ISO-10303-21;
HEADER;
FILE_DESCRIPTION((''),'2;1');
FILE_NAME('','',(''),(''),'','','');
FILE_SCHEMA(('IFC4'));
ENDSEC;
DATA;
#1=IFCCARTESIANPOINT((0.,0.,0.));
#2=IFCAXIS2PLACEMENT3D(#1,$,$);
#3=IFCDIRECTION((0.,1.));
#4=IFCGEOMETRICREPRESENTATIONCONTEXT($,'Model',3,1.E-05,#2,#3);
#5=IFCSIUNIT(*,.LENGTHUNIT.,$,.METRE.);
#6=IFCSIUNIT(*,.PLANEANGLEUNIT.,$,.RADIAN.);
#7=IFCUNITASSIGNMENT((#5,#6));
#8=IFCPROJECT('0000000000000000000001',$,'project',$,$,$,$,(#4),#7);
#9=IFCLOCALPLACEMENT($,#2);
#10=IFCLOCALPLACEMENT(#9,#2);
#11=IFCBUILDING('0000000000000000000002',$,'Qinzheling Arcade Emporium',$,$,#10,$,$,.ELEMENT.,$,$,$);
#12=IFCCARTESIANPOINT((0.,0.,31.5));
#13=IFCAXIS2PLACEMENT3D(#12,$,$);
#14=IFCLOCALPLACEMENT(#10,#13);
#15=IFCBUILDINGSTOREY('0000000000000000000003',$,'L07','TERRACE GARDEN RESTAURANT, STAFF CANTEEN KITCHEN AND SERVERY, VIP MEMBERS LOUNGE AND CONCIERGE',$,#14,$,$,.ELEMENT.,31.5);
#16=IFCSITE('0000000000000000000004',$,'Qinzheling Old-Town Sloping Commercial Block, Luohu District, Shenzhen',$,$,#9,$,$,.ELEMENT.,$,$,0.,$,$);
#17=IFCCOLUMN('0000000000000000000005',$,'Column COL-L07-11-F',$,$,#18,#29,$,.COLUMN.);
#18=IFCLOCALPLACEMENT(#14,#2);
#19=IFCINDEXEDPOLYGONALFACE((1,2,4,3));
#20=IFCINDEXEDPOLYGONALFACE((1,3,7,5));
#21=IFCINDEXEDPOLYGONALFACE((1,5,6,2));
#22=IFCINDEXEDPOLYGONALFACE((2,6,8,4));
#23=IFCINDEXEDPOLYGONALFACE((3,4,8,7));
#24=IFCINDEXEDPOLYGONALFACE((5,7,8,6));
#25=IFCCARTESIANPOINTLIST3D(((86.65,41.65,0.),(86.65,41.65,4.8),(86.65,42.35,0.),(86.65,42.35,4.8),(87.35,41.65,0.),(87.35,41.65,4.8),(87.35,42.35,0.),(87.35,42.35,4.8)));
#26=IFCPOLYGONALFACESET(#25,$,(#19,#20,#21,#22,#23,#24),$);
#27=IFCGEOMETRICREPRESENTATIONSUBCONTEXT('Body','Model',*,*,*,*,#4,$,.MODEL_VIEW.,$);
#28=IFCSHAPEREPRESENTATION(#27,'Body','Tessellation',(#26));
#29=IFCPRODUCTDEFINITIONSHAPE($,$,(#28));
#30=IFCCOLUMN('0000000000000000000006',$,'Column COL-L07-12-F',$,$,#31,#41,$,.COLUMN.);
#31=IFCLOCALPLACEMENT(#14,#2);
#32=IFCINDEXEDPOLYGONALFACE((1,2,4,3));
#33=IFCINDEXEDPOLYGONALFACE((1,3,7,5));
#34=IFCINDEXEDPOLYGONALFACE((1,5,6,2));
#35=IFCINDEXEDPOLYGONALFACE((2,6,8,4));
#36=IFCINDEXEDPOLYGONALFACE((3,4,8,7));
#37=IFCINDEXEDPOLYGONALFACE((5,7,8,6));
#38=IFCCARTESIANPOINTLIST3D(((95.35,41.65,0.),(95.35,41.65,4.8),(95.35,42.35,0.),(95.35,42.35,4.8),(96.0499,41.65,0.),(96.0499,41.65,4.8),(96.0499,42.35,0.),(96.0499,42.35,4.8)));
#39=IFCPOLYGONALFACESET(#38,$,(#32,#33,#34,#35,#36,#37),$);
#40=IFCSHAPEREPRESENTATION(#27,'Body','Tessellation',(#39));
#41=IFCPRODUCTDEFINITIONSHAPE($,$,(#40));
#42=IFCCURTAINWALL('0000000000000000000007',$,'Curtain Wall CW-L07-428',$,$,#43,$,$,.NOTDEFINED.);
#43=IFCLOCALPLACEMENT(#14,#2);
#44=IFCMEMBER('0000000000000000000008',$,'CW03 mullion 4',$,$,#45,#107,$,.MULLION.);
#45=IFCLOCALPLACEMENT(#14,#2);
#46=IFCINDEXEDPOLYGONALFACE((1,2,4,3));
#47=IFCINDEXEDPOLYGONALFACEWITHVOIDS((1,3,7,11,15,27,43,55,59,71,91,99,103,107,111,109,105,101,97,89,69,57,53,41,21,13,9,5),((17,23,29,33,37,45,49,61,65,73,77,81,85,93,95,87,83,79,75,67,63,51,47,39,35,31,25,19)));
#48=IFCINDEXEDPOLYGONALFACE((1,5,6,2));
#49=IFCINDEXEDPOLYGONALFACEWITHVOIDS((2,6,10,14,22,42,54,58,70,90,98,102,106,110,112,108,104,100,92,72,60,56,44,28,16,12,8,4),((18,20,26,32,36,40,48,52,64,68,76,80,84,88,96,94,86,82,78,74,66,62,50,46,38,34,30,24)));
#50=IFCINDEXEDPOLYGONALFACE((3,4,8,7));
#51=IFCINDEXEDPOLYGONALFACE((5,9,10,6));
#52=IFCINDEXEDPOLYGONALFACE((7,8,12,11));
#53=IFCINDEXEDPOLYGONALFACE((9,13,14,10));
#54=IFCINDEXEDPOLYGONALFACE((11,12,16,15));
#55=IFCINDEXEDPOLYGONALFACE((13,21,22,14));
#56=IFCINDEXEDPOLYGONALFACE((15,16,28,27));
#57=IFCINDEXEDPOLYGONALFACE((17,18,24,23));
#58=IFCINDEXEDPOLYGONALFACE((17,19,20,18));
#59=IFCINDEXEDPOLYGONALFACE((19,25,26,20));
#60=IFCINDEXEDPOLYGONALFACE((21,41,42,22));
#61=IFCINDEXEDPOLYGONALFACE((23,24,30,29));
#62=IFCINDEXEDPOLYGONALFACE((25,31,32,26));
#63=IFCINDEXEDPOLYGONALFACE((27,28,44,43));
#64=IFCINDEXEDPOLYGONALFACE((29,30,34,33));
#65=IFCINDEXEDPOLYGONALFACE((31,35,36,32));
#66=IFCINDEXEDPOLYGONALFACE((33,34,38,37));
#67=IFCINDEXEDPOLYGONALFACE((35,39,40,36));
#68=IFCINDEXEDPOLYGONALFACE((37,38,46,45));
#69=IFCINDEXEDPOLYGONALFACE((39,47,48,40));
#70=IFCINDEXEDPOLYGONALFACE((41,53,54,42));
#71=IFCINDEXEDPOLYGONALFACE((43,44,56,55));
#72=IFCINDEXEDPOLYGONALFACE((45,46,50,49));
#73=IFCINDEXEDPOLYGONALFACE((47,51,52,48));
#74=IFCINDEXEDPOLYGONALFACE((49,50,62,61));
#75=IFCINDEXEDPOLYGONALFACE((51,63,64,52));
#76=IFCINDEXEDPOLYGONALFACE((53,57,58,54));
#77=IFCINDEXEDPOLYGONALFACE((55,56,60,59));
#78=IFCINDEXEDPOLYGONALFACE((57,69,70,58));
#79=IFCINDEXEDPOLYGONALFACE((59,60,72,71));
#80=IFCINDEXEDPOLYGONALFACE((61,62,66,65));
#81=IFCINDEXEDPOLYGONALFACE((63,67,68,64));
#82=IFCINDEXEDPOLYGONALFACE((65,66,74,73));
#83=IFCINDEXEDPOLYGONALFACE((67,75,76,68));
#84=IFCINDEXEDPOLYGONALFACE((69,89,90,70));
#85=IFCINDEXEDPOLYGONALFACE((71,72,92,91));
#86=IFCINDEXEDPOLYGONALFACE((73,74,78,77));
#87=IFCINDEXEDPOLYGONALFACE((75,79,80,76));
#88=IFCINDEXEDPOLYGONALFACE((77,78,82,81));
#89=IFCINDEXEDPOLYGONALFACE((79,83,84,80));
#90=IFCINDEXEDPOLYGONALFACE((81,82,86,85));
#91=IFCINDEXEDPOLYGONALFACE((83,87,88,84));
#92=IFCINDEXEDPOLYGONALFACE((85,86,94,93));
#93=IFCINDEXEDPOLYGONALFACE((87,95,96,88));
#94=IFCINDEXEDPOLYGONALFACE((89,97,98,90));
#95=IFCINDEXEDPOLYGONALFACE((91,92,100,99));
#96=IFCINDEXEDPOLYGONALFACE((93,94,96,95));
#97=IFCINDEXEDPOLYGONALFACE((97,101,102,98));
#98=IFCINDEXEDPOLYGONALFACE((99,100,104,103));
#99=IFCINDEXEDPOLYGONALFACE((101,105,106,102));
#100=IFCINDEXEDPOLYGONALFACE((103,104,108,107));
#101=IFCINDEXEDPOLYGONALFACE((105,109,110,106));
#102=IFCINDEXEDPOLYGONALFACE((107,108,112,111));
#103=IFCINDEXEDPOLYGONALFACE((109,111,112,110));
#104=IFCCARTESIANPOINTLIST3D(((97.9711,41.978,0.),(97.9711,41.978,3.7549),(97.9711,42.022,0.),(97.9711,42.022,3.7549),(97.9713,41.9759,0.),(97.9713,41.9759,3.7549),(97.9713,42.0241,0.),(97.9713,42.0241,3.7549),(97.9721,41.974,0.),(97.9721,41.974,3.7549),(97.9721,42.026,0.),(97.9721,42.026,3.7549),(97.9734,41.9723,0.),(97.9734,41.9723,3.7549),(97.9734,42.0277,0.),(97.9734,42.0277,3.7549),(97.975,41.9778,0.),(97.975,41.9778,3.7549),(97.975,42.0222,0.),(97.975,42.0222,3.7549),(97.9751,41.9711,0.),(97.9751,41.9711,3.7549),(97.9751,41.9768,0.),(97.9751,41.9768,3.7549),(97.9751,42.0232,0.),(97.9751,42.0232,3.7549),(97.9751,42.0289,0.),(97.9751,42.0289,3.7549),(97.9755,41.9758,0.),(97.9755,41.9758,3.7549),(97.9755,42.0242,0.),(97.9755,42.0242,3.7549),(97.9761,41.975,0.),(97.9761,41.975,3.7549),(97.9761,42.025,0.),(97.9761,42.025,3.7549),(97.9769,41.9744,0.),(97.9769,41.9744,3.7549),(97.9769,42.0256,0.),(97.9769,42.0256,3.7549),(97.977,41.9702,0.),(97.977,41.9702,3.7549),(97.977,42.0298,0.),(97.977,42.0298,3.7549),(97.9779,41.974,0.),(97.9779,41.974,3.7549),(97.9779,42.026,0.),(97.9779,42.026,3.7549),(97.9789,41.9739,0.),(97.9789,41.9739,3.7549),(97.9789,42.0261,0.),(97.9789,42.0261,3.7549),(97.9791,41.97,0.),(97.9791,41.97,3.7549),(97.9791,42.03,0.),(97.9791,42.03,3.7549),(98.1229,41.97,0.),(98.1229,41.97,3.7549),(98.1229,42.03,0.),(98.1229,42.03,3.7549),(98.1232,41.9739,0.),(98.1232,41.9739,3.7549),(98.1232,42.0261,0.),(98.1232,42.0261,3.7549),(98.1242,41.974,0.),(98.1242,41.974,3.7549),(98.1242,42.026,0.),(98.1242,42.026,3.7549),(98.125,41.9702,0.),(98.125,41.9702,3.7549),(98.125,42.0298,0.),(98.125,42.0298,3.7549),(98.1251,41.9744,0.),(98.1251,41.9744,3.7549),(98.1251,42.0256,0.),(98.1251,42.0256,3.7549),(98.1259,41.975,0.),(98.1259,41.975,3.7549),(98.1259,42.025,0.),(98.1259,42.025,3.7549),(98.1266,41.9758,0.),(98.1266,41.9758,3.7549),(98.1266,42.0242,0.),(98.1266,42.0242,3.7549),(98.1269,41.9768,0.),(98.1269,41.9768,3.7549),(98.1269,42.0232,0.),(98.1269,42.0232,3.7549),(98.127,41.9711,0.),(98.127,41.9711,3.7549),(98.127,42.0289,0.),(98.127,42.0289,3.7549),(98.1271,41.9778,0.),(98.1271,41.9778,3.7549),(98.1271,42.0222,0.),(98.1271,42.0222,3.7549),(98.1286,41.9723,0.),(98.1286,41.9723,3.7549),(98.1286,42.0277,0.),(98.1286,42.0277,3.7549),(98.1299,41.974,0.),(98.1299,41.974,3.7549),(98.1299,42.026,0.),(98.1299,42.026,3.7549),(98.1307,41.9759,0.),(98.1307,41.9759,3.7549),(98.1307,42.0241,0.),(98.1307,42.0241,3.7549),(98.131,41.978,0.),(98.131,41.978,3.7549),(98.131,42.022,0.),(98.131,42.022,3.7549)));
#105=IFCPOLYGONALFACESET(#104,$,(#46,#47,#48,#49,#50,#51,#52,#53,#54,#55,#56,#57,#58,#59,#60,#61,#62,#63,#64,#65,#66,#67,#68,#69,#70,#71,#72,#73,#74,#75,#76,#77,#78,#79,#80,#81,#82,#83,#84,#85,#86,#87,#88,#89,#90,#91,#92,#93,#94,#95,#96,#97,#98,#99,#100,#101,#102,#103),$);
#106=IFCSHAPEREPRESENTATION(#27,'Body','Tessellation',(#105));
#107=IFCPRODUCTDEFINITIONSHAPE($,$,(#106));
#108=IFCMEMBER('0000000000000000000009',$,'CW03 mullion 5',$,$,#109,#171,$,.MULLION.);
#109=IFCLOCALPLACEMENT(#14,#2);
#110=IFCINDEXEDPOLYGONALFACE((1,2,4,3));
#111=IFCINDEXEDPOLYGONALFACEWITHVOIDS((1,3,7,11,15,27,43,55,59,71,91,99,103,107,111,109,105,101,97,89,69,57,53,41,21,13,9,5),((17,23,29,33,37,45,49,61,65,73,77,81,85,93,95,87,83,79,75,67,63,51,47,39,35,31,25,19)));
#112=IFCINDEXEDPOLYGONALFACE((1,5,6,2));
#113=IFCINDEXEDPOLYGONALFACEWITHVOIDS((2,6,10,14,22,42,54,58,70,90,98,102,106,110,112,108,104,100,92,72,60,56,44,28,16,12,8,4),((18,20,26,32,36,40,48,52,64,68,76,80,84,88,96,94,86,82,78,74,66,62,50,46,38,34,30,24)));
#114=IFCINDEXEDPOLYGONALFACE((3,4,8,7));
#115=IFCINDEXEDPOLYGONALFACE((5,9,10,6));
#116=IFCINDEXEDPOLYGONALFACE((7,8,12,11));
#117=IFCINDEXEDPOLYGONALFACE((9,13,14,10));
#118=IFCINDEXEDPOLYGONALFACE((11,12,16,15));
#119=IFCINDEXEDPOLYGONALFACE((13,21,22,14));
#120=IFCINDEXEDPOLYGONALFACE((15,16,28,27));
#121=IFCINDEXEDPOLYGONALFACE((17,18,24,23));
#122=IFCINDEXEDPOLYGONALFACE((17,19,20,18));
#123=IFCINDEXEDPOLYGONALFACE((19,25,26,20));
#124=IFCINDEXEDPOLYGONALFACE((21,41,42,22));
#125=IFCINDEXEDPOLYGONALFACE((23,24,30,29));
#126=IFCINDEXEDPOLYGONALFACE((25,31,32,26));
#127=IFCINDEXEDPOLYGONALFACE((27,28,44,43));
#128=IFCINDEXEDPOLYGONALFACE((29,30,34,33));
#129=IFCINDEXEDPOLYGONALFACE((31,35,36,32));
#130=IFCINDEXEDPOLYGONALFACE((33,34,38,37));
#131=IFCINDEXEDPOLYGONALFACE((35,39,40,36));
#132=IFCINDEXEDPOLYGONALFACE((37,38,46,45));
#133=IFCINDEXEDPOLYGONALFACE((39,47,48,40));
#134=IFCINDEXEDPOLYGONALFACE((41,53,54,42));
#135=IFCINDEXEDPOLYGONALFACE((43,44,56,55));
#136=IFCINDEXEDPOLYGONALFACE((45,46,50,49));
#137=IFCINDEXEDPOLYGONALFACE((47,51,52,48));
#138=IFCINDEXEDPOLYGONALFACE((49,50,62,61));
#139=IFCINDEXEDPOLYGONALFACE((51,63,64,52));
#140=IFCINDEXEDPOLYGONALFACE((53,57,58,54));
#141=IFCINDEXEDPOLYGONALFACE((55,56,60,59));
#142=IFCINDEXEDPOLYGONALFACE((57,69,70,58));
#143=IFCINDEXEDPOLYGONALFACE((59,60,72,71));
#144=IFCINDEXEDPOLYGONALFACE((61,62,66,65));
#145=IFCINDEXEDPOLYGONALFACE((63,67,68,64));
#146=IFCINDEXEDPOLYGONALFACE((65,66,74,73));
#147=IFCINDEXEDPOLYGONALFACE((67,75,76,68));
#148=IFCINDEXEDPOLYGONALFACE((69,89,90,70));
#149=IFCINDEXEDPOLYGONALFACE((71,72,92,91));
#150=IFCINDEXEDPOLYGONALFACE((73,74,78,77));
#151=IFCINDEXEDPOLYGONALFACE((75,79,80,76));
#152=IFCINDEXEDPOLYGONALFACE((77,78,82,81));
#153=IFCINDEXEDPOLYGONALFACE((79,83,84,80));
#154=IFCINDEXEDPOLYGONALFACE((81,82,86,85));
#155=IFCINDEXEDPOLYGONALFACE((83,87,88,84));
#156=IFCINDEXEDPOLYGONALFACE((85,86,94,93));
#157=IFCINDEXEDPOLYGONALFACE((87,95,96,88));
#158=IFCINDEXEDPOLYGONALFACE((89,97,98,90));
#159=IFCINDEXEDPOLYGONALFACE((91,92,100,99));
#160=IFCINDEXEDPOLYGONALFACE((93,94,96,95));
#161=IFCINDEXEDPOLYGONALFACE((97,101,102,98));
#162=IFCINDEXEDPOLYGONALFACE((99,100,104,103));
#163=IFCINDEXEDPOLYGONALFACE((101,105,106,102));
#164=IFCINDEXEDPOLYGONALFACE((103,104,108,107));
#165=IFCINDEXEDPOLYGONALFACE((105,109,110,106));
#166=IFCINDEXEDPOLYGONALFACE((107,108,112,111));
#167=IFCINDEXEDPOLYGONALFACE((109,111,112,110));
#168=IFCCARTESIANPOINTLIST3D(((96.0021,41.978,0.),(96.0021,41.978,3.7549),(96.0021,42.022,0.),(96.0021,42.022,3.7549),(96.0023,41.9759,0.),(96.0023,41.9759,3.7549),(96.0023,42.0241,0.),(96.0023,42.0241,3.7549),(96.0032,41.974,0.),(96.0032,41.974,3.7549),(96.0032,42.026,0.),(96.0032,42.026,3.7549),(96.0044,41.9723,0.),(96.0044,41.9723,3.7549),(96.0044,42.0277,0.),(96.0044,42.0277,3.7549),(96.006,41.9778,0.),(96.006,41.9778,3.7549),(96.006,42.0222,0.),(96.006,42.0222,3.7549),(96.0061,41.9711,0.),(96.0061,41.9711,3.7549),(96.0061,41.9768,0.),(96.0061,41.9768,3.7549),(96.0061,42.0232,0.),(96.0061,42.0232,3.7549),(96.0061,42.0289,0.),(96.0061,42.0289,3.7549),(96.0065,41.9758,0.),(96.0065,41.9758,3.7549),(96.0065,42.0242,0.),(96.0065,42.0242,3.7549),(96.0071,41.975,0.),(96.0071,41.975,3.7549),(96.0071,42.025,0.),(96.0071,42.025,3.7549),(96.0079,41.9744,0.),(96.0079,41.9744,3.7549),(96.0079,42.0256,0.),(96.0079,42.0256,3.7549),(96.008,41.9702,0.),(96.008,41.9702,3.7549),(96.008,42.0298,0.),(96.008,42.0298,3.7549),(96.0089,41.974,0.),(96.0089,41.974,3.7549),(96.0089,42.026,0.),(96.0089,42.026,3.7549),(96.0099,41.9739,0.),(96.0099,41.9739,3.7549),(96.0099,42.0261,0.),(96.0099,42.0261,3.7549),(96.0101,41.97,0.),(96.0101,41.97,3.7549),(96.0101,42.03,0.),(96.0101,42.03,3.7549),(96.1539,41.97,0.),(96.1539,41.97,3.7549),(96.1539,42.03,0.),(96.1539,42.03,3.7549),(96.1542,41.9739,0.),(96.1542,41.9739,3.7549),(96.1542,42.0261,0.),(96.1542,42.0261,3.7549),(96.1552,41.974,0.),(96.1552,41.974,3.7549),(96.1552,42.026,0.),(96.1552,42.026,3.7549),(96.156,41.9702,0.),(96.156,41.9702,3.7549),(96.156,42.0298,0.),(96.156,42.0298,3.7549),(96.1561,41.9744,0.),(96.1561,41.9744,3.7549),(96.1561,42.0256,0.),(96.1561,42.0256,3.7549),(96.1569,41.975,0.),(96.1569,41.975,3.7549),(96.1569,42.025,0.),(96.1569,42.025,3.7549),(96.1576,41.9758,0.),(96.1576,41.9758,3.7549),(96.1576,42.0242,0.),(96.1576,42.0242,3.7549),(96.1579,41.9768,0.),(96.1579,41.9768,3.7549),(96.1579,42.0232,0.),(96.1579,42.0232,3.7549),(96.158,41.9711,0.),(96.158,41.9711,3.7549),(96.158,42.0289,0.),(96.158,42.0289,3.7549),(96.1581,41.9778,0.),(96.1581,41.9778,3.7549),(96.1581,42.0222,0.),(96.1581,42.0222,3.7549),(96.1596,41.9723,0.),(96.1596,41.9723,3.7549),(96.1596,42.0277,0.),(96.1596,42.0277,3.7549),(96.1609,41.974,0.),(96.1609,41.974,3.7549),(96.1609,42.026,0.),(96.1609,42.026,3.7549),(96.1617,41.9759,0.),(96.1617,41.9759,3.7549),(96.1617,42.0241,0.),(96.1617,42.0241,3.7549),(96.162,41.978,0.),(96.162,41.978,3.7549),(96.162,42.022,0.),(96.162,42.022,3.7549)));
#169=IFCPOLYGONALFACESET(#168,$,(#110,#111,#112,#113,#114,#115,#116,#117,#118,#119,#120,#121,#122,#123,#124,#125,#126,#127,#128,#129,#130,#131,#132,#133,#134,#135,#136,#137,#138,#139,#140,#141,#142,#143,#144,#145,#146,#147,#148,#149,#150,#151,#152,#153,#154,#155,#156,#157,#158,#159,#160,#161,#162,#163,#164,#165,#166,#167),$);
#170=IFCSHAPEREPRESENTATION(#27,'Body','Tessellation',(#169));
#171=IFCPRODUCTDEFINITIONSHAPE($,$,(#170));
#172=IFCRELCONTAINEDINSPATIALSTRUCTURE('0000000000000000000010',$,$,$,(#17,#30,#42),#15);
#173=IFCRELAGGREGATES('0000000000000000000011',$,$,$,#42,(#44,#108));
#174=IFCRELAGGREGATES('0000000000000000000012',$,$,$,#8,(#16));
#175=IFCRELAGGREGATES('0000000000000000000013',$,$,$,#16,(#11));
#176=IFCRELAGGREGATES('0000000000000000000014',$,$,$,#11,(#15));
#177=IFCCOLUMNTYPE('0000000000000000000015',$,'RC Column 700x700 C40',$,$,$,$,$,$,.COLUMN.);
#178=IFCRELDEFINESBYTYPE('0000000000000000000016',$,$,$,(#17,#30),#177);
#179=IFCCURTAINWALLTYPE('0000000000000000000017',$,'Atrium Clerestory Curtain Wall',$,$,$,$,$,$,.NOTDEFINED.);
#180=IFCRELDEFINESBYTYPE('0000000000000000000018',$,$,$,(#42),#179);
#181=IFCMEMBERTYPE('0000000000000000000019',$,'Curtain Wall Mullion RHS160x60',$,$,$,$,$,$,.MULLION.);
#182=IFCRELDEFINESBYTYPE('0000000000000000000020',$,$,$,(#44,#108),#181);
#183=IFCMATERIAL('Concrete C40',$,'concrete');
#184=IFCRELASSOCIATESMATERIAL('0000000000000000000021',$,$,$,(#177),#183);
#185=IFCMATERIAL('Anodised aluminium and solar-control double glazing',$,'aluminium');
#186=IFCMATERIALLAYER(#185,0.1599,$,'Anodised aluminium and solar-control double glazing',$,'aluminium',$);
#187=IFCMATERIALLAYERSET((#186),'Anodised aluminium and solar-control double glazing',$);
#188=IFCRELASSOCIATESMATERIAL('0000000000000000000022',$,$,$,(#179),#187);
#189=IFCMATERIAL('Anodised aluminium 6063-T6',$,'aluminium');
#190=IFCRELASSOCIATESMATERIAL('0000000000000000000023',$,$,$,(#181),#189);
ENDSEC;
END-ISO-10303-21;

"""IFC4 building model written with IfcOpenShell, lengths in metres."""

from ifc_helpers import new_model, si_unit, direction, frame, origin, origin_2d, place, context, subcontext, project, spatial, rectangle, hollow_rectangle, extrude, material, layer, layer_set, material_profile, profile_set, type_object, element, aggregate, save


model = new_model("IFC4")

# Units and contexts
model_context = context("Model", 3, precision=1e-05, world=origin(), true_north=direction((0.0, 1.0)))
body_context = subcontext(model_context, "Body", "Model", "MODEL_VIEW")
ifc_project = project(units=[si_unit("LENGTHUNIT", "METRE"), si_unit("PLANEANGLEUNIT", "RADIAN")], contexts=[model_context])

# Site, building, storey
site_placement = place(None, origin())
site = spatial("IfcSite", under=ifc_project, at=site_placement, Name="Qinzheling Old-Town Sloping Commercial Block, Luohu District, Shenzhen", CompositionType="ELEMENT", RefElevation=0.0)
building_placement = place(site_placement, origin())
building = spatial("IfcBuilding", under=site, at=building_placement, Name="Qinzheling Arcade Emporium", CompositionType="ELEMENT")
storey_placement = place(building_placement, frame((0.0, 0.0, 31.5)))
storey = spatial("IfcBuildingStorey", under=building, at=storey_placement, Name="L07", Description="TERRACE GARDEN RESTAURANT, STAFF CANTEEN KITCHEN AND SERVERY, VIP MEMBERS LOUNGE AND CONCIERGE", CompositionType="ELEMENT", Elevation=31.5)

# Columns
ifc_material_1 = material(Name="Concrete C40", Category="concrete")
ifc_material_profile_1 = material_profile(ifc_material_1, rectangle(XDim=0.7, YDim=0.7, at=origin_2d()), Name="RC 700x700", Category="concrete")
ifc_profile_set_1 = profile_set([ifc_material_profile_1], Name="Concrete C40")
column_type = type_object("IfcColumnType", Name="RC Column 700x700 C40", PredefinedType="COLUMN", material=ifc_profile_set_1)
for number, where, z_axis, x_axis, name in (
    (1, (87.0, 42.0, 0.0), (0.0, 0.0, 1.0), (1.0, 0.0, 0.0), "Column COL-L07-11-F"),
    (2, (95.7, 42.0, 0.0), (0.0, 0.0, 1.0), (1.0, 0.0, 0.0), "Column COL-L07-12-F"),
):
    element("IfcColumn", number, at=place(storey_placement, frame(where, z_axis=z_axis, x_axis=x_axis)), inside=storey, type_object=column_type, Name=name, PredefinedType="COLUMN", context=body_context, shape_type="SweptSolid", body=[
        extrude(rectangle(XDim=0.7, YDim=0.7, at=origin_2d()), origin(), (0.0, 0.0, 1.0), 4.8),
    ])

# Curtain wall, members
ifc_material_2 = material(Name="Anodised aluminium and solar-control double glazing", Category="aluminium")
ifc_layer_1 = layer(ifc_material_2, 0.1599, Name="Anodised aluminium and solar-control double glazing", Category="aluminium")
ifc_layer_set_1 = layer_set([ifc_layer_1], Name="Anodised aluminium and solar-control double glazing")
curtain_wall_type = type_object("IfcCurtainWallType", Name="Atrium Clerestory Curtain Wall", PredefinedType="NOTDEFINED", material=ifc_layer_set_1)
curtain_wall_1_placement = place(storey_placement, origin())
curtain_wall_1 = element("IfcCurtainWall", 3, at=curtain_wall_1_placement, inside=storey, type_object=curtain_wall_type, Name="Curtain Wall CW-L07-428", PredefinedType="NOTDEFINED")
ifc_material_3 = material(Name="Anodised aluminium 6063-T6", Category="aluminium")
ifc_material_profile_2 = material_profile(ifc_material_3, hollow_rectangle(XDim=0.0601, YDim=0.1599, WallThickness=0.0039, InnerFilletRadius=0.0039, OuterFilletRadius=0.0081, at=origin_2d()), Name="RHS 160x60x4", Category="aluminium")
ifc_profile_set_2 = profile_set([ifc_material_profile_2], Name="Anodised aluminium 6063-T6")
member_type_1 = type_object("IfcMemberType", Name="Curtain Wall Mullion RHS160x60", PredefinedType="MULLION", material=ifc_profile_set_2)
member_1_placement = place(storey_placement, frame((98.051, 42.0, 0.0), z_axis=(0.0, 0.0, 1.0), x_axis=(0.0, -1.0, 0.0)))
member_1 = element("IfcMember", 4, at=member_1_placement, type_object=member_type_1, Name="CW03 mullion 4", PredefinedType="MULLION", context=body_context, shape_type="SweptSolid", body=[
    extrude(hollow_rectangle(XDim=0.0601, YDim=0.1599, WallThickness=0.0039, InnerFilletRadius=0.0039, OuterFilletRadius=0.0081, at=origin_2d()), origin(), (0.0, 0.0, 1.0), 3.7549),
])
member_2_placement = place(storey_placement, frame((96.082, 42.0, 0.0), z_axis=(0.0, 0.0, 1.0), x_axis=(0.0, -1.0, 0.0)))
member_2 = element("IfcMember", 5, at=member_2_placement, type_object=member_type_1, Name="CW03 mullion 5", PredefinedType="MULLION", context=body_context, shape_type="SweptSolid", body=[
    extrude(hollow_rectangle(XDim=0.0601, YDim=0.1599, WallThickness=0.0039, InnerFilletRadius=0.0039, OuterFilletRadius=0.0081, at=origin_2d()), origin(), (0.0, 0.0, 1.0), 3.7549),
])

aggregate(curtain_wall_1, [member_1, member_2])

save(model, "model.ifc")
